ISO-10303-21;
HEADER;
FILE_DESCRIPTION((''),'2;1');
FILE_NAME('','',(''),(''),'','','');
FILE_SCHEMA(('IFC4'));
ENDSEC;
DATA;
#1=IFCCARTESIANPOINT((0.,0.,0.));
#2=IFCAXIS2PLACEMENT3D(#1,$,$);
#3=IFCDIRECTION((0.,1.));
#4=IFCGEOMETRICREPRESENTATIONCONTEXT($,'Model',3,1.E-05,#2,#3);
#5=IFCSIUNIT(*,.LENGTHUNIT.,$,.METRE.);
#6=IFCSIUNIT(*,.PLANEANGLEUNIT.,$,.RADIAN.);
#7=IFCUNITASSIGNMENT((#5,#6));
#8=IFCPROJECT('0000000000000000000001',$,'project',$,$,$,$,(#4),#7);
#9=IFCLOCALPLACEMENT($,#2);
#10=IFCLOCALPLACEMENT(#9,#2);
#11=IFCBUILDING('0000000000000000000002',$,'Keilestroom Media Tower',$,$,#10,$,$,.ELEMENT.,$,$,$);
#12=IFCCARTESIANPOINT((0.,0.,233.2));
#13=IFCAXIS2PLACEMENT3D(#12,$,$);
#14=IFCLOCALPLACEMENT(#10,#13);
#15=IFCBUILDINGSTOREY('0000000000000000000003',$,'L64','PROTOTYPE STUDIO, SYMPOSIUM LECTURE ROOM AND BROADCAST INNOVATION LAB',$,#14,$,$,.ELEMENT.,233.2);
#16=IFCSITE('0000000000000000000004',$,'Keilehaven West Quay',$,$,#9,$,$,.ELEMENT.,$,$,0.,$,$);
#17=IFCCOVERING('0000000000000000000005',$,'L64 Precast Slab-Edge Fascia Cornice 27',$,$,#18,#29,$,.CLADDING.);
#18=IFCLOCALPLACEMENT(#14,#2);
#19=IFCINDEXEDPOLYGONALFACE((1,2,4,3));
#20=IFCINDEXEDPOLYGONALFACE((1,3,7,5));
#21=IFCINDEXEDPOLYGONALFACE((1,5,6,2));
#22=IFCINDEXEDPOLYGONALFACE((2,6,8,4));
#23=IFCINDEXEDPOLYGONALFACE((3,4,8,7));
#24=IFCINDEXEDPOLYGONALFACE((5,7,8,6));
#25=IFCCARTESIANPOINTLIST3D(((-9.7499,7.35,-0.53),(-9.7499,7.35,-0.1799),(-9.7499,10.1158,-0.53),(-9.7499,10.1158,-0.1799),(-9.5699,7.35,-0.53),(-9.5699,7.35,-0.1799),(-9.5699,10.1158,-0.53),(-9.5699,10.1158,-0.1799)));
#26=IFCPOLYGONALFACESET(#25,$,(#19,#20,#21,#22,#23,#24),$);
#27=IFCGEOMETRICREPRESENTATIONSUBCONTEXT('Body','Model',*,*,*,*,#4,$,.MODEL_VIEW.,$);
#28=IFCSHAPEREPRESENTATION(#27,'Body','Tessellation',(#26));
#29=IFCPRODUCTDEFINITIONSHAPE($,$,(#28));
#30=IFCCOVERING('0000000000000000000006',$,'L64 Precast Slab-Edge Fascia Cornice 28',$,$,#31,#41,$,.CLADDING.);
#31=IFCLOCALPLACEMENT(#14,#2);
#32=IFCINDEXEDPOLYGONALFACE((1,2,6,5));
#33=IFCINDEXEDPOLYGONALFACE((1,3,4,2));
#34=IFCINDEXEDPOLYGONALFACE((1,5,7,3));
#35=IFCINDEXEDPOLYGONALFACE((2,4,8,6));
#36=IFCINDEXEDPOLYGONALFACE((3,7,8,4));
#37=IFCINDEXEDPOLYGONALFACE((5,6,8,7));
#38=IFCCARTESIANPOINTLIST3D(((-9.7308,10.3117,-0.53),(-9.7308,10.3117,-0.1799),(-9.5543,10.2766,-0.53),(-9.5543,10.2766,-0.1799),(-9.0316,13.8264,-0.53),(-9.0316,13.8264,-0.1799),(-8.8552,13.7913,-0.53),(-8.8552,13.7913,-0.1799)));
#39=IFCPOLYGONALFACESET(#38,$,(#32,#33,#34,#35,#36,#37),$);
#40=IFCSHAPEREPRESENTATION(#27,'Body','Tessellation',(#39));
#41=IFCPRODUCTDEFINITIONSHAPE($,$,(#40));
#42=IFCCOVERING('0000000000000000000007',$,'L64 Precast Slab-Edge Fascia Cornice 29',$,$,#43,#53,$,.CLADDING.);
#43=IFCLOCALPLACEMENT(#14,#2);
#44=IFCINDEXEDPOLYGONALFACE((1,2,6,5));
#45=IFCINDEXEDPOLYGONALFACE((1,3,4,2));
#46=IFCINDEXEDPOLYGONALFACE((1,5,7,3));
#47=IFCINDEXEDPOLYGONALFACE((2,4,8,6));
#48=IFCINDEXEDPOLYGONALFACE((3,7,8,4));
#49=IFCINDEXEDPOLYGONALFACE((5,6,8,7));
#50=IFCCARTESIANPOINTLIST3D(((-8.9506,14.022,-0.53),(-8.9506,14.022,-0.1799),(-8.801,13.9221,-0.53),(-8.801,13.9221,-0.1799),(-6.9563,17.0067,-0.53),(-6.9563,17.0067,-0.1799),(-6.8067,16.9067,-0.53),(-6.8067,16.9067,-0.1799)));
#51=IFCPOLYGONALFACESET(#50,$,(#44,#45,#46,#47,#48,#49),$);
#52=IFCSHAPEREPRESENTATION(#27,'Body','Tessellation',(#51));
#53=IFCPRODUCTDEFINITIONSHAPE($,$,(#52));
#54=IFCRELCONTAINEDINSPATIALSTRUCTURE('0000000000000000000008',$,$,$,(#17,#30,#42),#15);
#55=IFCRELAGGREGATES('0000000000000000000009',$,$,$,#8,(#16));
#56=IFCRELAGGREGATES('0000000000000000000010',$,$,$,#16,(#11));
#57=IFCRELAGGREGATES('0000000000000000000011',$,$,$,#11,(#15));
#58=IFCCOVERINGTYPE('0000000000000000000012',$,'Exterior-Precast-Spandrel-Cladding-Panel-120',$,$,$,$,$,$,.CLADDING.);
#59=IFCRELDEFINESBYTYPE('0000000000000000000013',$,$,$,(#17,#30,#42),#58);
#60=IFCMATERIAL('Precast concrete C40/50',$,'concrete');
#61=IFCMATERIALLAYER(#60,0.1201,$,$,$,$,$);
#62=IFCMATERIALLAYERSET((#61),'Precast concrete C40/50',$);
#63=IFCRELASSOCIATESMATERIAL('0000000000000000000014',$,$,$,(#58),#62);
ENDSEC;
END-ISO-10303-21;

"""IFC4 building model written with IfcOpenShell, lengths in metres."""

from ifc_helpers import new_model, si_unit, direction, frame, origin, origin_2d, place, context, subcontext, project, spatial, rectangle, extrude, source, transform, mapped, material, layer, layer_set, type_object, element, save


model = new_model("IFC4")

# Units and contexts
model_context = context("Model", 3, precision=1e-05, world=origin(), true_north=direction((0.0, 1.0)))
body_context = subcontext(model_context, "Body", "Model", "MODEL_VIEW")
ifc_project = project(units=[si_unit("LENGTHUNIT", "METRE"), si_unit("PLANEANGLEUNIT", "RADIAN")], contexts=[model_context])

# Site, building, storey
site_placement = place(None, origin())
site = spatial("IfcSite", under=ifc_project, at=site_placement, Name="Keilehaven West Quay", CompositionType="ELEMENT", RefElevation=0.0)
building_placement = place(site_placement, origin())
building = spatial("IfcBuilding", under=site, at=building_placement, Name="Keilestroom Media Tower", CompositionType="ELEMENT")
storey_placement = place(building_placement, frame((0.0, 0.0, 233.2)))
storey = spatial("IfcBuildingStorey", under=building, at=storey_placement, Name="L64", Description="PROTOTYPE STUDIO, SYMPOSIUM LECTURE ROOM AND BROADCAST INNOVATION LAB", CompositionType="ELEMENT", Elevation=233.2)

# Shared definitions
ifc_material_1 = material(Name="Precast concrete C40/50", Category="concrete")

# Coverings
ifc_layer_1 = layer(ifc_material_1, 0.1201)
ifc_layer_set_1 = layer_set([ifc_layer_1], Name="Precast concrete C40/50")
covering_type = type_object("IfcCoveringType", Name="Exterior-Precast-Spandrel-Cladding-Panel-120", PredefinedType="CLADDING", material=ifc_layer_set_1)
shared_shape_1 = source(origin(), body_context, "Body", "SweptSolid", [
    extrude(rectangle(XDim=2.7659, YDim=0.1799, at=origin_2d()), origin(), (0.0, 0.0, 1.0), 0.3501),
])
covering_1_placement = place(storey_placement, frame((-9.6599, 8.7329, -0.53), z_axis=(0.0, 0.0, 1.0), x_axis=(0.0, 1.0, 0.0)))
element("IfcCovering", 1, at=covering_1_placement, inside=storey, type_object=covering_type, Name="L64 Precast Slab-Edge Fascia Cornice 27", PredefinedType="CLADDING", context=body_context, shape_type="MappedRepresentation", body=[
    mapped(shared_shape_1, transform((0.0, 0.0, 0.0), x_axis=(1.0, 0.0, 0.0), y_axis=(0.0, 1.0, 0.0), z_axis=(0.0, 0.0, 1.0), scale=1.0)),
])
shared_shape_2 = source(origin(), body_context, "Body", "SweptSolid", [
    extrude(rectangle(XDim=3.5835, YDim=0.1799, at=origin_2d()), origin(), (0.0, 0.0, 1.0), 0.3501),
])
covering_2_placement = place(storey_placement, frame((-9.293, 12.0515, -0.53), z_axis=(0.0, 0.0, 1.0), x_axis=(0.195099, 0.980784, 0.0)))
element("IfcCovering", 2, at=covering_2_placement, inside=storey, type_object=covering_type, Name="L64 Precast Slab-Edge Fascia Cornice 28", PredefinedType="CLADDING", context=body_context, shape_type="MappedRepresentation", body=[
    mapped(shared_shape_2, transform((0.0, 0.0, 0.0), x_axis=(1.0, 0.0, 0.0), y_axis=(0.0, 1.0, 0.0), z_axis=(0.0, 0.0, 1.0), scale=1.0)),
])
shared_shape_3 = source(origin(), body_context, "Body", "SweptSolid", [
    extrude(rectangle(XDim=3.5896, YDim=0.1799, at=origin_2d()), origin(), (0.0, 0.0, 1.0), 0.3501),
])
covering_3_placement = place(storey_placement, frame((-7.8787, 15.4644, -0.53), z_axis=(0.0, 0.0, 1.0), x_axis=(0.555575, 0.831467, 0.0)))
element("IfcCovering", 3, at=covering_3_placement, inside=storey, type_object=covering_type, Name="L64 Precast Slab-Edge Fascia Cornice 29", PredefinedType="CLADDING", context=body_context, shape_type="MappedRepresentation", body=[
    mapped(shared_shape_3, transform((0.0, 0.0, 0.0), x_axis=(1.0, 0.0, 0.0), y_axis=(0.0, 1.0, 0.0), z_axis=(0.0, 0.0, 1.0), scale=1.0)),
])

save(model, "model.ifc")
